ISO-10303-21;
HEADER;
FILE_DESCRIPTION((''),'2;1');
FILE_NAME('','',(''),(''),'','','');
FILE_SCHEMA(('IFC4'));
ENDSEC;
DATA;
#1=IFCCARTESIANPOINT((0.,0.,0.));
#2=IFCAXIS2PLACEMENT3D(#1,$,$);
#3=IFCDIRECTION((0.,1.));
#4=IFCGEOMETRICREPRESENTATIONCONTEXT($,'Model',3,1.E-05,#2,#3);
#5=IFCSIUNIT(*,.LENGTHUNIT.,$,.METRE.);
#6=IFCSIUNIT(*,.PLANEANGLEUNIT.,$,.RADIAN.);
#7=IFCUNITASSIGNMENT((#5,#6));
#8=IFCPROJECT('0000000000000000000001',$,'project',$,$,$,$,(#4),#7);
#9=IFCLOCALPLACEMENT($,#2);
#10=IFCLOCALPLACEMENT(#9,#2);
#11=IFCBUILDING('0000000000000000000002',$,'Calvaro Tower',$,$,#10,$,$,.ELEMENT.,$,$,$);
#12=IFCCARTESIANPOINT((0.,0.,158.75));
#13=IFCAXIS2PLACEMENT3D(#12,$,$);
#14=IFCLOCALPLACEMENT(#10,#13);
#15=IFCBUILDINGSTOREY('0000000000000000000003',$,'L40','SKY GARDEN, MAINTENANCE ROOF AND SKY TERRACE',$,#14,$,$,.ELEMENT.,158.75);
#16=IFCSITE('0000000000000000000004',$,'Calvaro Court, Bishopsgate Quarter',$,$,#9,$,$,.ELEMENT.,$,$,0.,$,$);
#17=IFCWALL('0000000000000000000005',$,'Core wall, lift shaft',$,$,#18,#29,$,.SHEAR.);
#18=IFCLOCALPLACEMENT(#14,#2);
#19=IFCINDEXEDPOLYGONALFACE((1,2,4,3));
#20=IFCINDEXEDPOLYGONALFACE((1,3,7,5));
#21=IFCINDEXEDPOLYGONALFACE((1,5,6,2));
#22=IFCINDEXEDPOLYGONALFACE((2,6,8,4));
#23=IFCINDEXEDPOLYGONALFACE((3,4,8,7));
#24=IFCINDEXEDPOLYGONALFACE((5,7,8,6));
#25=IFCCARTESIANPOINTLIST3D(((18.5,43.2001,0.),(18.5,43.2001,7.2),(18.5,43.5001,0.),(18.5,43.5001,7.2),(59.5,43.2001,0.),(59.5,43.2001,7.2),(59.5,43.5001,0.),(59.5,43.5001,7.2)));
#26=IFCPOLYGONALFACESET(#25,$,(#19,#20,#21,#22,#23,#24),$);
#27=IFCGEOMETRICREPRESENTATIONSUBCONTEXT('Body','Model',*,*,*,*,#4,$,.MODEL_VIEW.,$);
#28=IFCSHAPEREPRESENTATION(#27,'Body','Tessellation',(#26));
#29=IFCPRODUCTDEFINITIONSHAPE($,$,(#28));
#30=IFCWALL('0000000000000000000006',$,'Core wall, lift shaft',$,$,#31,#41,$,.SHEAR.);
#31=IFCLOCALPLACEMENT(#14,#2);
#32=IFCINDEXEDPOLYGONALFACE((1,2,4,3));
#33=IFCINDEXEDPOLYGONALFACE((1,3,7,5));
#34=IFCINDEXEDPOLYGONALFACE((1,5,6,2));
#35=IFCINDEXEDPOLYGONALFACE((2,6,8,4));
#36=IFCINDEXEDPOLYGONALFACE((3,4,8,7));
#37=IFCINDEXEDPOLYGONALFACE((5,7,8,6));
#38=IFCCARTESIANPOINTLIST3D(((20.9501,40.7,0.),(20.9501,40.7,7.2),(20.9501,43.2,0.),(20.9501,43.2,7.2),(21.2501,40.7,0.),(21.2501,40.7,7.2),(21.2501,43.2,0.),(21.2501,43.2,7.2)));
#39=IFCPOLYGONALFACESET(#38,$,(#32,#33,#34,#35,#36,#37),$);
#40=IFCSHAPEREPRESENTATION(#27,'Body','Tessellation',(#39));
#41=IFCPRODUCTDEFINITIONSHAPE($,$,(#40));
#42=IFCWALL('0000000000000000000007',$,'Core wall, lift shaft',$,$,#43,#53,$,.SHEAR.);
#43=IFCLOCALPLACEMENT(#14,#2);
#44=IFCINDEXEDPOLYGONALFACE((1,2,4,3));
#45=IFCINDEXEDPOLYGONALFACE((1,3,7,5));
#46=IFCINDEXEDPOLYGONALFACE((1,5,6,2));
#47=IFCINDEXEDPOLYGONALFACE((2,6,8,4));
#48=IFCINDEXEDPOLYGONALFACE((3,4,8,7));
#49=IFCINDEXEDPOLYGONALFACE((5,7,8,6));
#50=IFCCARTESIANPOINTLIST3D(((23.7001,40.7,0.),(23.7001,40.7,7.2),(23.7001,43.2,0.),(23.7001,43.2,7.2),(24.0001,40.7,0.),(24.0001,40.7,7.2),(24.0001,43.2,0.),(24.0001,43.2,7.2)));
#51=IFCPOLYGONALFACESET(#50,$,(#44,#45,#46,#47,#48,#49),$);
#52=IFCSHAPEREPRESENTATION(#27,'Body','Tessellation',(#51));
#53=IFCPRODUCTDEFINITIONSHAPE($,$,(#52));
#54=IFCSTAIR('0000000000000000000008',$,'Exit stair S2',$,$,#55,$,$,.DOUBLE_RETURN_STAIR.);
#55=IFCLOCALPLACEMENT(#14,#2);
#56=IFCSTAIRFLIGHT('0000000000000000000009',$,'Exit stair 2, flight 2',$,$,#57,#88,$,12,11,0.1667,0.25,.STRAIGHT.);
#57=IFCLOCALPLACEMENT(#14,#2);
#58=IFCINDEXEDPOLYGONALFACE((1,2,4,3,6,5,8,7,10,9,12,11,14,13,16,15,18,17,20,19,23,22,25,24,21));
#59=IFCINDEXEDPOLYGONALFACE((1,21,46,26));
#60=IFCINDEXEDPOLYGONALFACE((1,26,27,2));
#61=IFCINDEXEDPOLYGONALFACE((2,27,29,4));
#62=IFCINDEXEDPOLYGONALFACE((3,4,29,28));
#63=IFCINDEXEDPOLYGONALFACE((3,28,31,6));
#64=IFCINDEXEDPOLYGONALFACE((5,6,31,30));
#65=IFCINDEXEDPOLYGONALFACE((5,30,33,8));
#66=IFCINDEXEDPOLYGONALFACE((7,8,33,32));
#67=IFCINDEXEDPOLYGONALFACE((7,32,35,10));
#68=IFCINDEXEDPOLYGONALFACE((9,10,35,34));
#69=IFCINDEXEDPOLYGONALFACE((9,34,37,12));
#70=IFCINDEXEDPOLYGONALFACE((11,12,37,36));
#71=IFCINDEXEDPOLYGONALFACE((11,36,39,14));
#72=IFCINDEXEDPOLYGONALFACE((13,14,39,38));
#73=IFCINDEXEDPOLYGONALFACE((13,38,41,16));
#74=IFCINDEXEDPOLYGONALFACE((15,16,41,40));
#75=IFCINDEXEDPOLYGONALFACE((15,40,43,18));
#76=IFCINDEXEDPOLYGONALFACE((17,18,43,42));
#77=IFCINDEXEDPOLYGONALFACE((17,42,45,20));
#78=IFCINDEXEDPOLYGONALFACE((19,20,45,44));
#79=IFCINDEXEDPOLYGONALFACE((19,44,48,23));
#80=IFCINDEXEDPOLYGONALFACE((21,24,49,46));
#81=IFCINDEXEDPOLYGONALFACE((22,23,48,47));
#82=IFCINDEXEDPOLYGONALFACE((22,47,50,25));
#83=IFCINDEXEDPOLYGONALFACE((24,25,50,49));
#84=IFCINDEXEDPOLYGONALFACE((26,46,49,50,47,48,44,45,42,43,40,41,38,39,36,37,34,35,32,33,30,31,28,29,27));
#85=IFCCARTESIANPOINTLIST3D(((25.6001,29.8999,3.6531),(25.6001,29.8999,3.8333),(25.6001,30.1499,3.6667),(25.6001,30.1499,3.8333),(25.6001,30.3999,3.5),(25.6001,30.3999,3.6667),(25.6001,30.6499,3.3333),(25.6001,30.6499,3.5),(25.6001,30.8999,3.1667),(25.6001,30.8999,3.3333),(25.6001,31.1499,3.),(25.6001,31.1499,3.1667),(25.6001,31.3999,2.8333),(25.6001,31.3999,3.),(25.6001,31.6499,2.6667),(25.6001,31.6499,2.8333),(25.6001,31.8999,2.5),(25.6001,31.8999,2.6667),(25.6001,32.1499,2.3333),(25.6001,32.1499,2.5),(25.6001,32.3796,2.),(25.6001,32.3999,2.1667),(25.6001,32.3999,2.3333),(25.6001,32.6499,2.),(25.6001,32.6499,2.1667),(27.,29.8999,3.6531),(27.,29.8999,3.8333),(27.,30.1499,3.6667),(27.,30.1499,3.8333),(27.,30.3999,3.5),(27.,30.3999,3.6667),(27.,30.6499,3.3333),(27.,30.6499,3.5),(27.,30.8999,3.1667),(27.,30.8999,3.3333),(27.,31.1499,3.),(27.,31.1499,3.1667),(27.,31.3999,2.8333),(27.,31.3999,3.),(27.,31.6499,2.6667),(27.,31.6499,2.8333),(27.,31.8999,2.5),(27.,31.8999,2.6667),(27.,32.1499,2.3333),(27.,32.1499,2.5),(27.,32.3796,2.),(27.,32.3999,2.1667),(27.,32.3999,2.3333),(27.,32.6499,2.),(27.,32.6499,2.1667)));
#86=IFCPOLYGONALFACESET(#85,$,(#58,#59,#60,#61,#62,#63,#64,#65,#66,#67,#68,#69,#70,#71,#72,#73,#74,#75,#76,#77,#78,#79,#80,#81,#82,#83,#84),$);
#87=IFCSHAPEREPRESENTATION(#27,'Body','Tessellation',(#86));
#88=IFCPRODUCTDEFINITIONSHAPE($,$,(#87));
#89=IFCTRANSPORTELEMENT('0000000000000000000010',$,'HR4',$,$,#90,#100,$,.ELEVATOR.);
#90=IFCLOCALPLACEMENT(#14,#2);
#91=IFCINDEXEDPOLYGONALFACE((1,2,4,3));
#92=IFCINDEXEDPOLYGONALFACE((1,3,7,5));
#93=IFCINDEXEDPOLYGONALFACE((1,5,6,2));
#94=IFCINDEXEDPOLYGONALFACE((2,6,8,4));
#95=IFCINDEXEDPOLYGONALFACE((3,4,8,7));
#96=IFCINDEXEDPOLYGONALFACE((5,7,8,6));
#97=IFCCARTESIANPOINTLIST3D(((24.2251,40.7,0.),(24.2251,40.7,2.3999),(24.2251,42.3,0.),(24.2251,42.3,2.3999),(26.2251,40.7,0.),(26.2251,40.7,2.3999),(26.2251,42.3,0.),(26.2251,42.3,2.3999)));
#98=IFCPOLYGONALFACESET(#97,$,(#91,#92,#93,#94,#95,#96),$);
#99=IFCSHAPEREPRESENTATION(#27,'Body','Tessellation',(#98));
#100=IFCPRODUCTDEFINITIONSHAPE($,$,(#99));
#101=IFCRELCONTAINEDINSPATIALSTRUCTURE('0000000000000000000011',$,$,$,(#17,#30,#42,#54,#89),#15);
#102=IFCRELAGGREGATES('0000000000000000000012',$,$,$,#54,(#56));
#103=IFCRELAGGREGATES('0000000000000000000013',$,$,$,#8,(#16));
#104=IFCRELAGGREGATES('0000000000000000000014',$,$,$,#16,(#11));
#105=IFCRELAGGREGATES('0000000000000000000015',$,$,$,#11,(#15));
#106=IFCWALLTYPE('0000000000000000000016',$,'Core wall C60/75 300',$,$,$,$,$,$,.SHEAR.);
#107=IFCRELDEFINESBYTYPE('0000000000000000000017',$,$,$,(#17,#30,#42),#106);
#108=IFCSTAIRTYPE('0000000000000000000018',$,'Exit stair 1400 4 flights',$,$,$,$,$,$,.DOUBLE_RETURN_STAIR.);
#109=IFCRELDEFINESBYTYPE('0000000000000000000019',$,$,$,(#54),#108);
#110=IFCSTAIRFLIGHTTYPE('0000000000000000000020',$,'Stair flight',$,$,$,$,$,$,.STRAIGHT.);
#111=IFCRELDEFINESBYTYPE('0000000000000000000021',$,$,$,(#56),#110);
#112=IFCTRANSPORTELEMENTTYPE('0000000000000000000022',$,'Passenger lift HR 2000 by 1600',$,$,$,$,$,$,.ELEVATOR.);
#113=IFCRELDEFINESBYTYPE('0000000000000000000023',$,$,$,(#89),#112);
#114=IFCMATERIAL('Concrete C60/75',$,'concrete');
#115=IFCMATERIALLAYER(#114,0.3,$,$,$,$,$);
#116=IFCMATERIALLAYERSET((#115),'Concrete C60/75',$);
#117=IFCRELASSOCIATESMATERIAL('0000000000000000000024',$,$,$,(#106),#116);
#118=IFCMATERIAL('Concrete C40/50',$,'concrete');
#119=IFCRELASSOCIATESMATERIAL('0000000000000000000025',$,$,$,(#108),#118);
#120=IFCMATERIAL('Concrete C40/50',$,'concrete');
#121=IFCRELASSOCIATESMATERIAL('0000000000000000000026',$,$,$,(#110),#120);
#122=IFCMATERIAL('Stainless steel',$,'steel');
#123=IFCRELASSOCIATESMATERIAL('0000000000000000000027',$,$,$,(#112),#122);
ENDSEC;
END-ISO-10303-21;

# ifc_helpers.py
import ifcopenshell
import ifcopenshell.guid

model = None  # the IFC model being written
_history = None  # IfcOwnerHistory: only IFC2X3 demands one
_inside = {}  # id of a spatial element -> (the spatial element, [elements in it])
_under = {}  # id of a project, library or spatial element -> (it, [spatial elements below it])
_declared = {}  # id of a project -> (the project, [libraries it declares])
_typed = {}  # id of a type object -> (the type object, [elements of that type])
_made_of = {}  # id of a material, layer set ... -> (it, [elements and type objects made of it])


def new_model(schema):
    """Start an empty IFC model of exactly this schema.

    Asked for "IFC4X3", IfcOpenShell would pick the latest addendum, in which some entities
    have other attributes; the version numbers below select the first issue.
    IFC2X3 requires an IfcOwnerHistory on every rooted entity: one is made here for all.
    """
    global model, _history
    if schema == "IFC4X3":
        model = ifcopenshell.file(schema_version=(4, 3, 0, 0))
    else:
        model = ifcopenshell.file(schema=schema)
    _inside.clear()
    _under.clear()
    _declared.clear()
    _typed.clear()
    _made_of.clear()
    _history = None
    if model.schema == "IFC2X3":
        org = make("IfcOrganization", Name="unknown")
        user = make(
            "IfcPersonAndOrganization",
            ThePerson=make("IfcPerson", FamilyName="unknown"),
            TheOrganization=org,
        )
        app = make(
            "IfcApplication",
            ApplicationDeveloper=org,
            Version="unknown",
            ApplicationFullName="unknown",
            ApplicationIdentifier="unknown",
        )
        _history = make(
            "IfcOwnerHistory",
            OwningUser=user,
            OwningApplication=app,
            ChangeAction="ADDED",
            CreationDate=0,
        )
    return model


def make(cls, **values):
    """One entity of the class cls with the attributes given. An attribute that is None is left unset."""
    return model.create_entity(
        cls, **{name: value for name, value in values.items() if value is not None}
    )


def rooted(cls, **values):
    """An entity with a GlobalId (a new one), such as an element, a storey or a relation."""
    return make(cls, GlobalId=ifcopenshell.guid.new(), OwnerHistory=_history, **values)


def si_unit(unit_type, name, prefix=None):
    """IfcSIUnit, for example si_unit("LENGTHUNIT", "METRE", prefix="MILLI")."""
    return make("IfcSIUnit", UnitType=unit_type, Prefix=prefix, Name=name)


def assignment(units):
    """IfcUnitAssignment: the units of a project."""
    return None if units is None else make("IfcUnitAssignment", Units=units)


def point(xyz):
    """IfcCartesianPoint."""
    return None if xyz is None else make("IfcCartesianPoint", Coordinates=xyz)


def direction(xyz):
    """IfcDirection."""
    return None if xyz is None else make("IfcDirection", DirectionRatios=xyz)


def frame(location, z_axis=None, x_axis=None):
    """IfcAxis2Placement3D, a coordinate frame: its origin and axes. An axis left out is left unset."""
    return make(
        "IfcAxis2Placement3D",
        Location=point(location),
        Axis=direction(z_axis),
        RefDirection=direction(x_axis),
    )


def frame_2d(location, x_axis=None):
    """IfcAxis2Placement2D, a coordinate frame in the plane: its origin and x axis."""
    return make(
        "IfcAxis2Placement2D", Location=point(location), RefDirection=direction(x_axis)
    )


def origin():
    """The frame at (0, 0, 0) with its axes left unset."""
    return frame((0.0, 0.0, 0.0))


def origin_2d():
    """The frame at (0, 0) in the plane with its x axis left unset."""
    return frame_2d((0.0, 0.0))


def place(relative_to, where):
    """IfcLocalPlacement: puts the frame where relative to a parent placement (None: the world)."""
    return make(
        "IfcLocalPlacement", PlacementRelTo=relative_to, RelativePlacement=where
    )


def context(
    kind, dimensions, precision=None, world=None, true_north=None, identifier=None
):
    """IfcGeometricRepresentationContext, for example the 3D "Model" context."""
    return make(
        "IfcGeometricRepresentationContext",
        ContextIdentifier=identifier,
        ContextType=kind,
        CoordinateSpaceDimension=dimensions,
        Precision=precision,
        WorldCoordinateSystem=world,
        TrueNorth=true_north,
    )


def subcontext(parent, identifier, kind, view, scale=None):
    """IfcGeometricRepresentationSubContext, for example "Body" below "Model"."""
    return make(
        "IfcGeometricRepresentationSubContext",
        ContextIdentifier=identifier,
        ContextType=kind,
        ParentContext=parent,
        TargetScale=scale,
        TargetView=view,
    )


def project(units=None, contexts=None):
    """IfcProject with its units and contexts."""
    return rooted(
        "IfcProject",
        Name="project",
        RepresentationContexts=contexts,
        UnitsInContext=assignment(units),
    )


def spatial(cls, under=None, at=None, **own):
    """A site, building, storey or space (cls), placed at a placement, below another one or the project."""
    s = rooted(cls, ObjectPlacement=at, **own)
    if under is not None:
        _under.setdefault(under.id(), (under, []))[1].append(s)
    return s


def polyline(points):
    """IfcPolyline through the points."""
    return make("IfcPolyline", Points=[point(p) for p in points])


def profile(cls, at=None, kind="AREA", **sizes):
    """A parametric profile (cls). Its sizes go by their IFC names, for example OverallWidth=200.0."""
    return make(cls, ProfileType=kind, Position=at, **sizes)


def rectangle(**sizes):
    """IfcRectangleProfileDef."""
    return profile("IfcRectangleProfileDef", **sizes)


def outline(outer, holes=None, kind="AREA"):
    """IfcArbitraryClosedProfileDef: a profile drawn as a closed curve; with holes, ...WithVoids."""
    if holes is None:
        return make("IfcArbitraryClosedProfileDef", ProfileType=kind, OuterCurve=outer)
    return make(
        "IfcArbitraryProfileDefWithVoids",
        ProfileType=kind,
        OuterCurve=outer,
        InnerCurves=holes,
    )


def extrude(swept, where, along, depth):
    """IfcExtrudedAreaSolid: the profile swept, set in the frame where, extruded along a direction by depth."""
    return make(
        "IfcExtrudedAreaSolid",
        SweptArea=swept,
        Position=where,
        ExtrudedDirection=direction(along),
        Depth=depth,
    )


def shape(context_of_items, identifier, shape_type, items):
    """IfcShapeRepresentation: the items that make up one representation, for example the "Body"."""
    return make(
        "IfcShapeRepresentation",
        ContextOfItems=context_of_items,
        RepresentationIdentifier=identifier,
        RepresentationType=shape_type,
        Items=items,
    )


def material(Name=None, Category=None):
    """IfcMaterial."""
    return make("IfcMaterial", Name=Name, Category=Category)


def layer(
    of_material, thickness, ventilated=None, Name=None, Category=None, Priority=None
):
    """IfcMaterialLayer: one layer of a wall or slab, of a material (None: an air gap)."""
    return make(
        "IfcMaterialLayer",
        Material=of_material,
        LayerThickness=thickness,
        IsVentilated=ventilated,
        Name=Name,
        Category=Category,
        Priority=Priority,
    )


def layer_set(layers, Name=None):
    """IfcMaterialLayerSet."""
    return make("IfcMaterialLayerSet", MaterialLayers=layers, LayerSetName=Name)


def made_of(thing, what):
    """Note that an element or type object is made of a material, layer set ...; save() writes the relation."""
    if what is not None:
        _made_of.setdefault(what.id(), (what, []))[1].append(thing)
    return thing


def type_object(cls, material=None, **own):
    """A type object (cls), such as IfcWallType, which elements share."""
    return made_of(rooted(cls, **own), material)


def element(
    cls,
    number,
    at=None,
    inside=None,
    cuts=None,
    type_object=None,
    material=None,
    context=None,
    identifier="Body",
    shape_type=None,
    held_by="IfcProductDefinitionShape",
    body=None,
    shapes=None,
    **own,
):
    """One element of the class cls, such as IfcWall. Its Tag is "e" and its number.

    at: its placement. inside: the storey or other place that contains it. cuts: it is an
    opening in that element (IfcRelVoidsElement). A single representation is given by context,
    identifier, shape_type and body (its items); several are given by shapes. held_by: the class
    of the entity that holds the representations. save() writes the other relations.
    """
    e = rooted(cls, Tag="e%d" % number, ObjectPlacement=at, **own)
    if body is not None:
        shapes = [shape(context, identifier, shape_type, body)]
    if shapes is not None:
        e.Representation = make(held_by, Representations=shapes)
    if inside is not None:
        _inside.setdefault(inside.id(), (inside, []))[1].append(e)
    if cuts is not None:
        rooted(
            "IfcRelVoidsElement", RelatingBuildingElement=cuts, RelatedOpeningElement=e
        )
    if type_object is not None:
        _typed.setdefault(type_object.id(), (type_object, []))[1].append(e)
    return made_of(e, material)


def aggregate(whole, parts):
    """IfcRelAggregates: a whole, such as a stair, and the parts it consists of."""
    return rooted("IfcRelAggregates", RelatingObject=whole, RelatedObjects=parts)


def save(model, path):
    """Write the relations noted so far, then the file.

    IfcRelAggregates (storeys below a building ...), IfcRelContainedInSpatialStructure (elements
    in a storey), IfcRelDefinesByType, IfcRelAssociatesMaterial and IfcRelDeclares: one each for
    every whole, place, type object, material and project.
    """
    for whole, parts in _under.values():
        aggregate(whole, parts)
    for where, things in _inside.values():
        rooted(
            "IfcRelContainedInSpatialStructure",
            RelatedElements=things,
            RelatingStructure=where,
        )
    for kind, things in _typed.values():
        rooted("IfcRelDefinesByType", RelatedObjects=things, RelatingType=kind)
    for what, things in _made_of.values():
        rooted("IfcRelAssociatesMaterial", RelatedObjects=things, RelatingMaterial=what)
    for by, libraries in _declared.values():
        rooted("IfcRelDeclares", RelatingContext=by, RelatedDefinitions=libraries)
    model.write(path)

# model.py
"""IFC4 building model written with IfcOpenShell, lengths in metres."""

from ifc_helpers import new_model, si_unit, direction, frame, frame_2d, origin, origin_2d, place, context, subcontext, project, spatial, polyline, rectangle, outline, extrude, material, layer, layer_set, type_object, element, aggregate, save


model = new_model("IFC4")

# Units and contexts
model_context = context("Model", 3, precision=1e-05, world=origin(), true_north=direction((0.0, 1.0)))
body_context = subcontext(model_context, "Body", "Model", "MODEL_VIEW")
ifc_project = project(units=[si_unit("LENGTHUNIT", "METRE"), si_unit("PLANEANGLEUNIT", "RADIAN")], contexts=[model_context])

# Site, building, storey
site_placement = place(None, origin())
site = spatial("IfcSite", under=ifc_project, at=site_placement, Name="Calvaro Court, Bishopsgate Quarter", CompositionType="ELEMENT", RefElevation=0.0)
building_placement = place(site_placement, origin())
building = spatial("IfcBuilding", under=site, at=building_placement, Name="Calvaro Tower", CompositionType="ELEMENT")
storey_placement = place(building_placement, frame((0.0, 0.0, 158.75)))
storey = spatial("IfcBuildingStorey", under=building, at=storey_placement, Name="L40", Description="SKY GARDEN, MAINTENANCE ROOF AND SKY TERRACE", CompositionType="ELEMENT", Elevation=158.75)

# Walls
ifc_material_1 = material(Name="Concrete C60/75", Category="concrete")
ifc_layer = layer(ifc_material_1, 0.3)
ifc_layer_set = layer_set([ifc_layer], Name="Concrete C60/75")
wall_type = type_object("IfcWallType", Name="Core wall C60/75 300", PredefinedType="SHEAR", material=ifc_layer_set)
wall_placement = place(storey_placement, frame((18.5, 43.3501, 0.0), z_axis=(0.0, 0.0, 1.0), x_axis=(1.0, 0.0, 0.0)))
element("IfcWall", 1, at=wall_placement, inside=storey, type_object=wall_type, Name="Core wall, lift shaft", PredefinedType="SHEAR", context=body_context, shape_type="SweptSolid", body=[
    extrude(rectangle(XDim=41.0, YDim=0.3, at=frame_2d((20.5, 0.0))), origin(), (0.0, 0.0, 1.0), 7.2),
])
for number, where, z_axis, x_axis, name in (
    (2, (21.1001, 40.7, 0.0), (0.0, 0.0, 1.0), (0.0, 1.0, 0.0), "Core wall, lift shaft"),
    (3, (23.8501, 40.7, 0.0), (0.0, 0.0, 1.0), (0.0, 1.0, 0.0), "Core wall, lift shaft"),
):
    element("IfcWall", number, at=place(storey_placement, frame(where, z_axis=z_axis, x_axis=x_axis)), inside=storey, type_object=wall_type, Name=name, PredefinedType="SHEAR", context=body_context, shape_type="SweptSolid", body=[
        extrude(rectangle(XDim=2.5, YDim=0.3, at=frame_2d((1.25, 0.0))), origin(), (0.0, 0.0, 1.0), 7.2),
    ])

# Stair, stair flight
ifc_material_2 = material(Name="Concrete C40/50", Category="concrete")
stair_type = type_object("IfcStairType", Name="Exit stair 1400 4 flights", PredefinedType="DOUBLE_RETURN_STAIR", material=ifc_material_2)
stair_placement = place(storey_placement, origin())
stair = element("IfcStair", 4, at=stair_placement, inside=storey, type_object=stair_type, Name="Exit stair S2", PredefinedType="DOUBLE_RETURN_STAIR")
ifc_material_3 = material(Name="Concrete C40/50", Category="concrete")
stair_flight_type = type_object("IfcStairFlightType", Name="Stair flight", PredefinedType="STRAIGHT", material=ifc_material_3)
stair_flight_placement = place(storey_placement, frame((26.3, 32.6499, 2.0), z_axis=(0.0, 0.0, 1.0), x_axis=(0.0, -1.0, 0.0)))
stair_flight = element("IfcStairFlight", 5, at=stair_flight_placement, type_object=stair_flight_type, Name="Exit stair 2, flight 2", NumberOfRisers=12, NumberOfTreads=11, PredefinedType="STRAIGHT", RiserHeight=0.1667, TreadLength=0.25, context=body_context, shape_type="SweptSolid", body=[
    extrude(outline(polyline([(0.0, 0.0), (0.0, 0.1667), (0.25, 0.1667), (0.25, 0.3333), (0.5, 0.3333), (0.5, 0.5), (0.75, 0.5), (0.75, 0.6667), (1.0, 0.6667), (1.0, 0.8333), (1.25, 0.8333), (1.25, 1.0), (1.5, 1.0), (1.5, 1.1667), (1.75, 1.1667), (1.75, 1.3333), (2.0, 1.3333), (2.0, 1.5), (2.25, 1.5), (2.25, 1.6667), (2.5, 1.6667), (2.5, 1.8333), (2.75, 1.8333), (2.75, 2.0), (2.75, 1.6531), (0.2703, 0.0), (0.0, 0.0)])), frame((0.0, 0.7, 0.0), z_axis=(0.0, -1.0, 0.0), x_axis=(1.0, 0.0, 0.0)), (0.0, 0.0, 1.0), 1.3999),
])
aggregate(stair, [stair_flight])

# Transport element
ifc_material_4 = material(Name="Stainless steel", Category="steel")
transport_element_type = type_object("IfcTransportElementType", Name="Passenger lift HR 2000 by 1600", PredefinedType="ELEVATOR", material=ifc_material_4)
transport_element_placement = place(storey_placement, frame((25.2251, 41.5, 0.0), z_axis=(0.0, 0.0, 1.0), x_axis=(1.0, 0.0, 0.0)))
element("IfcTransportElement", 6, at=transport_element_placement, inside=storey, type_object=transport_element_type, Name="HR4", PredefinedType="ELEVATOR", context=body_context, shape_type="SweptSolid", body=[
    extrude(rectangle(XDim=2.0, YDim=1.6001, at=origin_2d()), origin(), (0.0, 0.0, 1.0), 2.3999),
])

save(model, "model.ifc")
